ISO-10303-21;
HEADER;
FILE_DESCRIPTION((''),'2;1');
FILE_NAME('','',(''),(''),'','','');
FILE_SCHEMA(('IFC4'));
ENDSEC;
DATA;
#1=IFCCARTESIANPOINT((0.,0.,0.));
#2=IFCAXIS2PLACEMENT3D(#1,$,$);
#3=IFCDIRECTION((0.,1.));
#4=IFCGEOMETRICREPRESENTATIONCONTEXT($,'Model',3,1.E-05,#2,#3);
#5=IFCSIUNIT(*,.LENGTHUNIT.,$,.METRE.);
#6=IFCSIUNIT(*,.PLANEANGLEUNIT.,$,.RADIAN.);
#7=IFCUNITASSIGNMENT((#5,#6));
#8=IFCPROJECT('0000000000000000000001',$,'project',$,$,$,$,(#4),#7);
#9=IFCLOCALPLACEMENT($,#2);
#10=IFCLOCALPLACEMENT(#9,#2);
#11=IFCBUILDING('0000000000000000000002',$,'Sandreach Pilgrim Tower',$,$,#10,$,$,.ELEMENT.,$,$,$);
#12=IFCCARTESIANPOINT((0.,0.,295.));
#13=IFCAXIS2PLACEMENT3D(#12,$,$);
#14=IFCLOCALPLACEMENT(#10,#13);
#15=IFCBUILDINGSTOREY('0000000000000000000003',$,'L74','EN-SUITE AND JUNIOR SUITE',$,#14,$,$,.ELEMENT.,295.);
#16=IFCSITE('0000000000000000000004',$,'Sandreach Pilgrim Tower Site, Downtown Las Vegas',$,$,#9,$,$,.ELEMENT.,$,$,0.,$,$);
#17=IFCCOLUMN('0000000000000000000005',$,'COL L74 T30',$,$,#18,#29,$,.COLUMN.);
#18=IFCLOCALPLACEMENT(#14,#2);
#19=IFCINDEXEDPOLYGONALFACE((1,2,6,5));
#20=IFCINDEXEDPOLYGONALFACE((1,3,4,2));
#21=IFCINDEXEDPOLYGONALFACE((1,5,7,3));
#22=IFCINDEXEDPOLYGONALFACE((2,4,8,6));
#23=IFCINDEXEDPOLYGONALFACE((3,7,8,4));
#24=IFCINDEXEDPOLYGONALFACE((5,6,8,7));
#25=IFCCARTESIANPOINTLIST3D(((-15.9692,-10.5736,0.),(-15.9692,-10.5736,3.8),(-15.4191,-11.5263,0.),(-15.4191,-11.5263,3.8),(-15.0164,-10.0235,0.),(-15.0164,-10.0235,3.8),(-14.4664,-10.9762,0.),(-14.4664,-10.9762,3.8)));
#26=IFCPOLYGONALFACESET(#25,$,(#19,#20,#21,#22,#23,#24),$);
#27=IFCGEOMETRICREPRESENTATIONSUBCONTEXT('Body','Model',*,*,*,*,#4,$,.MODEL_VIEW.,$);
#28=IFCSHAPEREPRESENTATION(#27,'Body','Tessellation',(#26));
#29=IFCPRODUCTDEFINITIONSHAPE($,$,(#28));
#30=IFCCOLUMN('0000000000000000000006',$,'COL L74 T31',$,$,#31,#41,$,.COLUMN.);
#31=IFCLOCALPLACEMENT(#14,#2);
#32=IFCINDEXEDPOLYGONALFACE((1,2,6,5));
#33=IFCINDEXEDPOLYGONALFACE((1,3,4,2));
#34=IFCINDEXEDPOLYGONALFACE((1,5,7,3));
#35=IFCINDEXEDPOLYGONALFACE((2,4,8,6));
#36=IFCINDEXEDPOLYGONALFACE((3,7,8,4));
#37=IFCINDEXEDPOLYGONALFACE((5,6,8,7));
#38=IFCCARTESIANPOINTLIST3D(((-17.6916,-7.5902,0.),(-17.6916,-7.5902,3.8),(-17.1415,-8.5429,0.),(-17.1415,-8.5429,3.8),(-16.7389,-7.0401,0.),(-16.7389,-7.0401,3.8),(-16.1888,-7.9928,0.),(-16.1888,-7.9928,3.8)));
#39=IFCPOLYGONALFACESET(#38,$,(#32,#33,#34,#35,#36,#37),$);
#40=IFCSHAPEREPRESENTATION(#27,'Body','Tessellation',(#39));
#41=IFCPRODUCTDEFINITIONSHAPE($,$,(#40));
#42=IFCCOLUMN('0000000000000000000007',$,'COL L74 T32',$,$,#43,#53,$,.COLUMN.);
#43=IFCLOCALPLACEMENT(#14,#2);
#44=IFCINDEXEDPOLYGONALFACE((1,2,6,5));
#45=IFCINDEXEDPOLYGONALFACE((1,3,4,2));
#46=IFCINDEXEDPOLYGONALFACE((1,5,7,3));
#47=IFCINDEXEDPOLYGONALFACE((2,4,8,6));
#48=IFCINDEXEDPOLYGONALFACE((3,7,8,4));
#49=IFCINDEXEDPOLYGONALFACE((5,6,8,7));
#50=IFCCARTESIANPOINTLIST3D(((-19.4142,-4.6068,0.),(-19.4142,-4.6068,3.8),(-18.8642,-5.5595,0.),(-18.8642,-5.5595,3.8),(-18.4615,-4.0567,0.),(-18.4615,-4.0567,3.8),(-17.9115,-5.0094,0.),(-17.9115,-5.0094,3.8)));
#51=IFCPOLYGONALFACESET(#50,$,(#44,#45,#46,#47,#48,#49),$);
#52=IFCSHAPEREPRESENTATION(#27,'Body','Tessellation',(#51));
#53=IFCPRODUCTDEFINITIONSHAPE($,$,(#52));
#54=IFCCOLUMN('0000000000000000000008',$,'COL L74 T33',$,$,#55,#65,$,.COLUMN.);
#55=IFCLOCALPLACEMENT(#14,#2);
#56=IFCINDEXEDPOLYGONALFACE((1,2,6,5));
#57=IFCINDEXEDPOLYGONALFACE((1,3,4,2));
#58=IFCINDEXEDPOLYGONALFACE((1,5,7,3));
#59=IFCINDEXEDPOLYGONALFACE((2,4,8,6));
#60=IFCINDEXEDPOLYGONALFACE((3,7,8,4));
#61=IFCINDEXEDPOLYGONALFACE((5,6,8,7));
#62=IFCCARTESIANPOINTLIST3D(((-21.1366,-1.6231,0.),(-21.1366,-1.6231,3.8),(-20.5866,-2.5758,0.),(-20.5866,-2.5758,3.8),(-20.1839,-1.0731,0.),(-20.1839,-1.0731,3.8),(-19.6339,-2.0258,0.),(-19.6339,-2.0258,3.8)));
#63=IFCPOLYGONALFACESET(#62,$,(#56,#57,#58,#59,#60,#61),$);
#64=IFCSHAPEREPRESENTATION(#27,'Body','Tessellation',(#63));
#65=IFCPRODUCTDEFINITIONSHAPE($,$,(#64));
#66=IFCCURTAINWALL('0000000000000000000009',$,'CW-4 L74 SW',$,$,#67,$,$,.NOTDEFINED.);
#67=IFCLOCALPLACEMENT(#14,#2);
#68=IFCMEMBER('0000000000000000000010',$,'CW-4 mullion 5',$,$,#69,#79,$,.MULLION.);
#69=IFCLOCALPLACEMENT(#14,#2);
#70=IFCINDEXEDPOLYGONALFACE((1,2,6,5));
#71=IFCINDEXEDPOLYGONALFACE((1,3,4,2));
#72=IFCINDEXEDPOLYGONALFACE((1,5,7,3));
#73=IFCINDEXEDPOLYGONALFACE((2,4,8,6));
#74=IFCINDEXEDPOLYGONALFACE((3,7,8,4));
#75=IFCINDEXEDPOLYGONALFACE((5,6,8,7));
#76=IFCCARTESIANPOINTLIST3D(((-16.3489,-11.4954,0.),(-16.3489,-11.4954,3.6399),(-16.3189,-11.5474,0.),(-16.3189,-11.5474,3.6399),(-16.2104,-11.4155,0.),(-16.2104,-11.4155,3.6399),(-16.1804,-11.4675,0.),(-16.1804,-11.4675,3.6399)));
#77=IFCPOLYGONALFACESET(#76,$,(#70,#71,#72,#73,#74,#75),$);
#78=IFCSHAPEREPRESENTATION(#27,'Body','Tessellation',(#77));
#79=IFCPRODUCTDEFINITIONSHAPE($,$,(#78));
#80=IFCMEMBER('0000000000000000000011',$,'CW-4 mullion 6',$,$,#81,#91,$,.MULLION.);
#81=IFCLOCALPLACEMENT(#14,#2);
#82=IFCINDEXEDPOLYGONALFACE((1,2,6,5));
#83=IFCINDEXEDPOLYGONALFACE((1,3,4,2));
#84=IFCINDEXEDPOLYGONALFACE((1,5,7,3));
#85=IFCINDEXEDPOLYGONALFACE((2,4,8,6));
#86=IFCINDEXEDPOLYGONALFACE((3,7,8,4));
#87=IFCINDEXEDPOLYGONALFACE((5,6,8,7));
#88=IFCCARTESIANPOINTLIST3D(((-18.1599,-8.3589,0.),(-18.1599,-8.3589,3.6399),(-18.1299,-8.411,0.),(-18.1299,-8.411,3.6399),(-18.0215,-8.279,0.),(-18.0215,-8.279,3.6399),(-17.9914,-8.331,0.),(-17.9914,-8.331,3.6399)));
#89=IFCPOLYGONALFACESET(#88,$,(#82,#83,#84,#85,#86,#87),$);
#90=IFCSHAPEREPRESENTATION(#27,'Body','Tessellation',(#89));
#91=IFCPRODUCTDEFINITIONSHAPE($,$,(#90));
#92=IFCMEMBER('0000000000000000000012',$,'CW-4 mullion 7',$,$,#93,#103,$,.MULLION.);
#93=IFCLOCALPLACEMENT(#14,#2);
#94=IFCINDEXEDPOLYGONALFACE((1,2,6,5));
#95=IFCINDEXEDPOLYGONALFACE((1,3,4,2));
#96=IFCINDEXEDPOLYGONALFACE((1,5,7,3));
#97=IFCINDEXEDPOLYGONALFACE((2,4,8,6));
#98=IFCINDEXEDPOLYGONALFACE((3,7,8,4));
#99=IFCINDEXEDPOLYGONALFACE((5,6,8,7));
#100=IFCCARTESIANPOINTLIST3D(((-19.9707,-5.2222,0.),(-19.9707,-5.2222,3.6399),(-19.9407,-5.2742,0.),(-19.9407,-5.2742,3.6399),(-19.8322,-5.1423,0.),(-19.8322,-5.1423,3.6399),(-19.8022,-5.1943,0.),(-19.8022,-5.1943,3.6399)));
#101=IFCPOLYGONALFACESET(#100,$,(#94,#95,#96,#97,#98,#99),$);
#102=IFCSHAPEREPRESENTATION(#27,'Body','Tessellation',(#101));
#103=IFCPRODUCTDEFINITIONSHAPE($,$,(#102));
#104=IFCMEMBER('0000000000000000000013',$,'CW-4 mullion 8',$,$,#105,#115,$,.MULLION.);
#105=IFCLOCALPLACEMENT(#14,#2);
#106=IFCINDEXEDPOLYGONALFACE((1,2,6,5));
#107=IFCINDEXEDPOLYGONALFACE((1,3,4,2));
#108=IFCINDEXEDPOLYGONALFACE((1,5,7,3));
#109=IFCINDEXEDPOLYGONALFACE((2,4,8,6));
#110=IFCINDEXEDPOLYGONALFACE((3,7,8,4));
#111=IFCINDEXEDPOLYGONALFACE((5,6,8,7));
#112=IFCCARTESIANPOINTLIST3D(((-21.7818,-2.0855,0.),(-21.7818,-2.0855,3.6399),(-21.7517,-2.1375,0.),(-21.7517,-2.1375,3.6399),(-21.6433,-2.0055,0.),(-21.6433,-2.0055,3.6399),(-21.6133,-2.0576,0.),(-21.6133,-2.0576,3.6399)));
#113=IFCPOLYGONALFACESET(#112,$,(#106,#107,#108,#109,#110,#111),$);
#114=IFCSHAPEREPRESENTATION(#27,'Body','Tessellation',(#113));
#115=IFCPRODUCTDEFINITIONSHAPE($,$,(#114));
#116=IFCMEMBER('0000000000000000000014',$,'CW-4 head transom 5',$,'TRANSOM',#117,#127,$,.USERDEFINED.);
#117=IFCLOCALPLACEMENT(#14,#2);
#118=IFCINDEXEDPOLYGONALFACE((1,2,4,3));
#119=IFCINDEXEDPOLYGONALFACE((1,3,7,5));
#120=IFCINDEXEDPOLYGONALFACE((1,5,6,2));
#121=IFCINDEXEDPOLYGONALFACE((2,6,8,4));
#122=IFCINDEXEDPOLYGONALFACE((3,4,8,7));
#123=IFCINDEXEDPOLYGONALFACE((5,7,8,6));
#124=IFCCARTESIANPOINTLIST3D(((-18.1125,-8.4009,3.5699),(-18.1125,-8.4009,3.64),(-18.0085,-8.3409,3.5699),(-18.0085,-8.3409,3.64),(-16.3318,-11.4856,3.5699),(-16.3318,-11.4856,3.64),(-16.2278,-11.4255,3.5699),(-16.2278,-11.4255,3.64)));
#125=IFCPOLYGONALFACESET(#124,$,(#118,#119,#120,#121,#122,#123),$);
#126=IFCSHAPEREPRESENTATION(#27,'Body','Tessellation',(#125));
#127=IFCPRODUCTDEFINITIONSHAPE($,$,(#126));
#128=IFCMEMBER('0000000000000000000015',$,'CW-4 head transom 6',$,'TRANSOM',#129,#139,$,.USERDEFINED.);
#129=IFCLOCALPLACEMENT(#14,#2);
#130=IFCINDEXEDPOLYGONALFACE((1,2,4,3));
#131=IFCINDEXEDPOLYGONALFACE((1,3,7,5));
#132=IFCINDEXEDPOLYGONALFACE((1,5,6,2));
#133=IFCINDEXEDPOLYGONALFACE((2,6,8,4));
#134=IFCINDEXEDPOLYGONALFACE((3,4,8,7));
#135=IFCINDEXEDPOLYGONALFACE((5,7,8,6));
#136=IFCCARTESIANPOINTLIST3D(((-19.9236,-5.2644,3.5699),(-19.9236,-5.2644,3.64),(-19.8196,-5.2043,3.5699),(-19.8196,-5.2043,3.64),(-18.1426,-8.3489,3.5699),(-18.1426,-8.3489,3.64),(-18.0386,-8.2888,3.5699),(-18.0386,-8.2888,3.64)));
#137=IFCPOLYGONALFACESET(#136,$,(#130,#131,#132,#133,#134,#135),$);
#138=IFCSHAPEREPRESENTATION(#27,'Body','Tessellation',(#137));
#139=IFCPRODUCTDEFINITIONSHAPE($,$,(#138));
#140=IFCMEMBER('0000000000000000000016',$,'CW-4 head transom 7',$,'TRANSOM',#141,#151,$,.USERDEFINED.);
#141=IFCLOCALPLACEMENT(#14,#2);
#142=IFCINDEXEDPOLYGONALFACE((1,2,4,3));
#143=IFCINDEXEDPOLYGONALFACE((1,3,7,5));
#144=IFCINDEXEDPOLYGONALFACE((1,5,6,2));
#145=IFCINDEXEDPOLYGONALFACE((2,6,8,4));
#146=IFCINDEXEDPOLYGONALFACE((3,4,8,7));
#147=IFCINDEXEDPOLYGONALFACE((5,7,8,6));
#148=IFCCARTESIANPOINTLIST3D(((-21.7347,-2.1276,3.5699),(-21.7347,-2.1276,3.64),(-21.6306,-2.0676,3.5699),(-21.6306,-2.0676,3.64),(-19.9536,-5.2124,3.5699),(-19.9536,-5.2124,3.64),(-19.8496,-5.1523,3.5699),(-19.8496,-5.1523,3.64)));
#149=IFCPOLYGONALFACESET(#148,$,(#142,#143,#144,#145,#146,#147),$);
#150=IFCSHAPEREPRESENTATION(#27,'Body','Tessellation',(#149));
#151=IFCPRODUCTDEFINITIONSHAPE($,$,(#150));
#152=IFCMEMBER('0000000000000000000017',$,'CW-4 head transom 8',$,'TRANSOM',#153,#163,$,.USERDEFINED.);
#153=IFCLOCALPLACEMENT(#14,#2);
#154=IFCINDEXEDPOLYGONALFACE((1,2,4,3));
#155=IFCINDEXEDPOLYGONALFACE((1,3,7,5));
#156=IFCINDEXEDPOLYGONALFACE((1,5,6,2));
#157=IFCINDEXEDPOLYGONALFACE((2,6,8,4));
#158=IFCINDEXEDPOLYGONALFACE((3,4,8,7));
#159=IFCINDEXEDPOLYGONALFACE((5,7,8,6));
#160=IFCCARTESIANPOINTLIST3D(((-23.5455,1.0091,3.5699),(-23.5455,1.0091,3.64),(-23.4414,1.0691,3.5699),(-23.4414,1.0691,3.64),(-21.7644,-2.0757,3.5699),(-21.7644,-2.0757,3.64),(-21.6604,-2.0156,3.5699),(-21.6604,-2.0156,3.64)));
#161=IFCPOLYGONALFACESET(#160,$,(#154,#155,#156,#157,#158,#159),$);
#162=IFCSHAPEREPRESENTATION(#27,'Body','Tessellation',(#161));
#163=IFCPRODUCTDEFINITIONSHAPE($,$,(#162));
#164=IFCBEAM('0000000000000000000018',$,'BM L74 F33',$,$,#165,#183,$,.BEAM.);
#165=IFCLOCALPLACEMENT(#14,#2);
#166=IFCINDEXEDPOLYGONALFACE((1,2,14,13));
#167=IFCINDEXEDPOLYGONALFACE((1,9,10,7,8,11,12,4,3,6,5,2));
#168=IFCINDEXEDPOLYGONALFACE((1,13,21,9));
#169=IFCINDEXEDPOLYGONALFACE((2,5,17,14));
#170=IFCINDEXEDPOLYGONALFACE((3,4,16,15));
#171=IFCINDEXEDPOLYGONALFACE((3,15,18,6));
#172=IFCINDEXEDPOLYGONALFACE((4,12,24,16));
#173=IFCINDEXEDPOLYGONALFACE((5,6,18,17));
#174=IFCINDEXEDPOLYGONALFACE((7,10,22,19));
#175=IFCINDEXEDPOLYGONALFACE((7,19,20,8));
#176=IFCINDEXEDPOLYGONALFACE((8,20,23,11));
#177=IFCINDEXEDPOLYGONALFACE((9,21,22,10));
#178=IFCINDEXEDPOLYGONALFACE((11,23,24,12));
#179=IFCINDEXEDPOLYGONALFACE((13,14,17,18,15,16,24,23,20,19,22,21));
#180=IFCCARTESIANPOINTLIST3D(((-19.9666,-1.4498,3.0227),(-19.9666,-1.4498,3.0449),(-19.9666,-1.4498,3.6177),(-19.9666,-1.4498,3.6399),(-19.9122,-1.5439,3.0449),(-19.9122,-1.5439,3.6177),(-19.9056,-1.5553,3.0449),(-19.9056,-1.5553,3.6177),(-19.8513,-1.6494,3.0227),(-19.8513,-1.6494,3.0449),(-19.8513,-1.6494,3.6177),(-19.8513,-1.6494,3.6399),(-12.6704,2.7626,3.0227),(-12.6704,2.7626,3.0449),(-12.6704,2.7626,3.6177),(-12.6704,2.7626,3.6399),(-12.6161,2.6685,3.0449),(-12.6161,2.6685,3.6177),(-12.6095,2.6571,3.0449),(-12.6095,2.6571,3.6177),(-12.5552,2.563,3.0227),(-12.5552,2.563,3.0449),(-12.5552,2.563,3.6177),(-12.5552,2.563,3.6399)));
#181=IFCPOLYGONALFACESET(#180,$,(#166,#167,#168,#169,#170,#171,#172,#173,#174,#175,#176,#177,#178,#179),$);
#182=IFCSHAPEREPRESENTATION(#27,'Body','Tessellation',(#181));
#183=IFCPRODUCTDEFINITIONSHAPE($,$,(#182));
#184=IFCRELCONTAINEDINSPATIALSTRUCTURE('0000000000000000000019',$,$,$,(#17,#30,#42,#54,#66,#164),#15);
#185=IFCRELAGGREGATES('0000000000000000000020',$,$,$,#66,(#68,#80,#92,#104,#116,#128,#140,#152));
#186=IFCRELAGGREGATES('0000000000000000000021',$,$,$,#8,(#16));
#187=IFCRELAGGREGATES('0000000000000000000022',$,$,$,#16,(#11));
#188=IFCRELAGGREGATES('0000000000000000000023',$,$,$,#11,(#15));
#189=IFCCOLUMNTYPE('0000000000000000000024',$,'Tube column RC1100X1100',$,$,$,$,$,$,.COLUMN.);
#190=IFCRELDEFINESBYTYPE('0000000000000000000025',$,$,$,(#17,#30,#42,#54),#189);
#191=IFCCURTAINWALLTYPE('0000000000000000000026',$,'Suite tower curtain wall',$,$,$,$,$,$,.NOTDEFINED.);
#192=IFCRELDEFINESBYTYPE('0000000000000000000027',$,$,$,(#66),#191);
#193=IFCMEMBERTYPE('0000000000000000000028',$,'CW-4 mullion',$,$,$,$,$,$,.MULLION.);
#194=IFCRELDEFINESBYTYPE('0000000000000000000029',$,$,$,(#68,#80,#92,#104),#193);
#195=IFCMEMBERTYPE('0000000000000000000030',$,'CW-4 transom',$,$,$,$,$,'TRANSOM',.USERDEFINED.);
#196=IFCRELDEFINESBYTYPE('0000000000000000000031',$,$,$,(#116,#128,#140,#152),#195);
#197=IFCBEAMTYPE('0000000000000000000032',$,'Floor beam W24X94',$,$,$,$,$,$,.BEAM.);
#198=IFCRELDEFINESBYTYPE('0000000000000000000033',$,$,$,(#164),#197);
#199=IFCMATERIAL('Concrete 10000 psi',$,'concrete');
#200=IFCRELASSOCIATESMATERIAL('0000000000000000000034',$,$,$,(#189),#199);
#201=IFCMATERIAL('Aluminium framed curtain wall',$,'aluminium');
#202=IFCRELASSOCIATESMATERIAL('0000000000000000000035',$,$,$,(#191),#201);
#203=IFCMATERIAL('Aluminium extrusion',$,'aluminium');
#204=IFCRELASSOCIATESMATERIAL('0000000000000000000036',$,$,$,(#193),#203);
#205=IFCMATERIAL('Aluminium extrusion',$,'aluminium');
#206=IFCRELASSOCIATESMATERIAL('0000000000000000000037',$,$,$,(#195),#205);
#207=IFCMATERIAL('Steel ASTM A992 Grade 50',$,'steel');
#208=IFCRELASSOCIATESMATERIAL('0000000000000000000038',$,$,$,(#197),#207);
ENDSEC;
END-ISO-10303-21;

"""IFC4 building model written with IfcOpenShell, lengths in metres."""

from ifc_helpers import new_model, si_unit, direction, frame, origin, origin_2d, place, context, subcontext, project, spatial, rectangle, i_section, extrude, material, material_profile, profile_set, type_object, element, aggregate, save


model = new_model("IFC4")

# Units and contexts
model_context = context("Model", 3, precision=1e-05, world=origin(), true_north=direction((0.0, 1.0)))
body_context = subcontext(model_context, "Body", "Model", "MODEL_VIEW")
ifc_project = project(units=[si_unit("LENGTHUNIT", "METRE"), si_unit("PLANEANGLEUNIT", "RADIAN")], contexts=[model_context])

# Site, building, storey
site_placement = place(None, origin())
site = spatial("IfcSite", under=ifc_project, at=site_placement, Name="Sandreach Pilgrim Tower Site, Downtown Las Vegas", CompositionType="ELEMENT", RefElevation=0.0)
building_placement = place(site_placement, origin())
building = spatial("IfcBuilding", under=site, at=building_placement, Name="Sandreach Pilgrim Tower", CompositionType="ELEMENT")
storey_placement = place(building_placement, frame((0.0, 0.0, 295.0)))
storey = spatial("IfcBuildingStorey", under=building, at=storey_placement, Name="L74", Description="EN-SUITE AND JUNIOR SUITE", CompositionType="ELEMENT", Elevation=295.0)

# Columns
ifc_material_1 = material(Name="Concrete 10000 psi", Category="concrete")
ifc_material_profile_1 = material_profile(ifc_material_1, rectangle(XDim=1.1001, YDim=1.1001, at=origin_2d()), Name="RC1100X1100")
ifc_profile_set_1 = profile_set([ifc_material_profile_1], Name="Concrete 10000 psi")
column_type = type_object("IfcColumnType", Name="Tube column RC1100X1100", PredefinedType="COLUMN", material=ifc_profile_set_1)
for number, where, z_axis, x_axis, name in (
    (1, (-15.2178, -10.7749, 0.0), (0.0, 0.0, 1.0), (-0.866025, -0.5, 0.0), "COL L74 T30"),
    (2, (-16.9402, -7.7915, 0.0), (0.0, 0.0, 1.0), (-0.866025, -0.5, 0.0), "COL L74 T31"),
    (3, (-18.6628, -4.8081, 0.0), (0.0, 0.0, 1.0), (-0.866025, -0.5, 0.0), "COL L74 T32"),
    (4, (-20.3853, -1.8245, 0.0), (0.0, 0.0, 1.0), (-0.866025, -0.5, 0.0), "COL L74 T33"),
):
    element("IfcColumn", number, at=place(storey_placement, frame(where, z_axis=z_axis, x_axis=x_axis)), inside=storey, type_object=column_type, Name=name, PredefinedType="COLUMN", context=body_context, shape_type="SweptSolid", body=[
        extrude(rectangle(XDim=1.1001, YDim=1.1001, at=origin_2d()), origin(), (0.0, 0.0, 1.0), 3.8),
    ])

# Curtain wall, members
ifc_material_2 = material(Name="Aluminium framed curtain wall", Category="aluminium")
curtain_wall_type = type_object("IfcCurtainWallType", Name="Suite tower curtain wall", PredefinedType="NOTDEFINED", material=ifc_material_2)
curtain_wall_placement = place(storey_placement, origin())
curtain_wall = element("IfcCurtainWall", 5, at=curtain_wall_placement, inside=storey, type_object=curtain_wall_type, Name="CW-4 L74 SW", PredefinedType="NOTDEFINED")
ifc_material_3 = material(Name="Aluminium extrusion", Category="aluminium")
ifc_material_profile_2 = material_profile(ifc_material_3, rectangle(XDim=0.0601, YDim=0.1599, at=origin_2d()), Name="CW-4M 60X160")
ifc_profile_set_2 = profile_set([ifc_material_profile_2], Name="Aluminium extrusion")
member_type_1 = type_object("IfcMemberType", Name="CW-4 mullion", PredefinedType="MULLION", material=ifc_profile_set_2)
member_1_placement = place(storey_placement, frame((-16.2646, -11.4814, 0.0), z_axis=(0.0, 0.0, 1.0), x_axis=(-0.5, 0.866025, 0.0)))
member_1 = element("IfcMember", 6, at=member_1_placement, type_object=member_type_1, Name="CW-4 mullion 5", PredefinedType="MULLION", context=body_context, shape_type="SweptSolid", body=[
    extrude(rectangle(XDim=0.0601, YDim=0.1599, at=origin_2d()), origin(), (0.0, 0.0, 1.0), 3.6399),
])
member_2_placement = place(storey_placement, frame((-18.0757, -8.345, 0.0), z_axis=(0.0, 0.0, 1.0), x_axis=(-0.5, 0.866025, 0.0)))
member_2 = element("IfcMember", 7, at=member_2_placement, type_object=member_type_1, Name="CW-4 mullion 6", PredefinedType="MULLION", context=body_context, shape_type="SweptSolid", body=[
    extrude(rectangle(XDim=0.0601, YDim=0.1599, at=origin_2d()), origin(), (0.0, 0.0, 1.0), 3.6399),
])
member_3_placement = place(storey_placement, frame((-19.8865, -5.2083, 0.0), z_axis=(0.0, 0.0, 1.0), x_axis=(-0.5, 0.866025, 0.0)))
member_3 = element("IfcMember", 8, at=member_3_placement, type_object=member_type_1, Name="CW-4 mullion 7", PredefinedType="MULLION", context=body_context, shape_type="SweptSolid", body=[
    extrude(rectangle(XDim=0.0601, YDim=0.1599, at=origin_2d()), origin(), (0.0, 0.0, 1.0), 3.6399),
])
member_4_placement = place(storey_placement, frame((-21.6975, -2.0715, 0.0), z_axis=(0.0, 0.0, 1.0), x_axis=(-0.5, 0.866025, 0.0)))
member_4 = element("IfcMember", 9, at=member_4_placement, type_object=member_type_1, Name="CW-4 mullion 8", PredefinedType="MULLION", context=body_context, shape_type="SweptSolid", body=[
    extrude(rectangle(XDim=0.0601, YDim=0.1599, at=origin_2d()), origin(), (0.0, 0.0, 1.0), 3.6399),
])
ifc_material_4 = material(Name="Aluminium extrusion", Category="aluminium")
ifc_material_profile_3 = material_profile(ifc_material_4, rectangle(XDim=0.1201, YDim=0.0701, at=origin_2d()), Name="CW-4T 120X70")
ifc_profile_set_3 = profile_set([ifc_material_profile_3], Name="Aluminium extrusion")
member_type_2 = type_object("IfcMemberType", Name="CW-4 transom", ElementType="TRANSOM", PredefinedType="USERDEFINED", material=ifc_profile_set_3)
member_5_placement = place(storey_placement, frame((-16.2798, -11.4556, 3.605), z_axis=(-0.499958, 0.86605, 0.0), x_axis=(-0.86605, -0.499958, 0.0)))
member_5 = element("IfcMember", 10, at=member_5_placement, type_object=member_type_2, Name="CW-4 head transom 5", ObjectType="TRANSOM", PredefinedType="USERDEFINED", context=body_context, shape_type="SweptSolid", body=[
    extrude(rectangle(XDim=0.1201, YDim=0.0701, at=origin_2d()), origin(), (0.0, 0.0, 1.0), 3.5618),
])
member_6_placement = place(storey_placement, frame((-18.0906, -8.3188, 3.605), z_axis=(-0.500039, 0.866003, 0.0), x_axis=(-0.866003, -0.500039, 0.0)))
member_6 = element("IfcMember", 11, at=member_6_placement, type_object=member_type_2, Name="CW-4 head transom 6", ObjectType="TRANSOM", PredefinedType="USERDEFINED", context=body_context, shape_type="SweptSolid", body=[
    extrude(rectangle(XDim=0.1201, YDim=0.0701, at=origin_2d()), origin(), (0.0, 0.0, 1.0), 3.5618),
])
member_7_placement = place(storey_placement, frame((-19.9016, -5.1824, 3.605), z_axis=(-0.500009, 0.86602, 0.0), x_axis=(-0.86602, -0.500009, 0.0)))
member_7 = element("IfcMember", 12, at=member_7_placement, type_object=member_type_2, Name="CW-4 head transom 7", ObjectType="TRANSOM", PredefinedType="USERDEFINED", context=body_context, shape_type="SweptSolid", body=[
    extrude(rectangle(XDim=0.1201, YDim=0.0701, at=origin_2d()), origin(), (0.0, 0.0, 1.0), 3.562),
])
member_8_placement = place(storey_placement, frame((-21.7124, -2.0457, 3.605), z_axis=(-0.500009, 0.86602, 0.0), x_axis=(-0.86602, -0.500009, 0.0)))
member_8 = element("IfcMember", 13, at=member_8_placement, type_object=member_type_2, Name="CW-4 head transom 8", ObjectType="TRANSOM", PredefinedType="USERDEFINED", context=body_context, shape_type="SweptSolid", body=[
    extrude(rectangle(XDim=0.1201, YDim=0.0701, at=origin_2d()), origin(), (0.0, 0.0, 1.0), 3.562),
])

# Beam
ifc_material_5 = material(Name="Steel ASTM A992 Grade 50", Category="steel")
ifc_material_profile_4 = material_profile(ifc_material_5, i_section(OverallWidth=0.2305, OverallDepth=0.6172, WebThickness=0.0132, FlangeThickness=0.0222, at=origin_2d()), Name="W24X94")
ifc_profile_set_4 = profile_set([ifc_material_profile_4], Name="Steel ASTM A992 Grade 50")
beam_type_1 = type_object("IfcBeamType", Name="Floor beam W24X94", PredefinedType="BEAM", material=ifc_profile_set_4)
beam_1_placement = place(storey_placement, frame((-19.9089, -1.5496, 3.3313), z_axis=(0.866027, 0.499998, 0.0), x_axis=(-0.499998, 0.866027, 0.0)))
element("IfcBeam", 14, at=beam_1_placement, inside=storey, type_object=beam_type_1, Name="BM L74 F33", PredefinedType="BEAM", context=body_context, shape_type="SweptSolid", body=[
    extrude(i_section(OverallWidth=0.2305, OverallDepth=0.6172, WebThickness=0.0132, FlangeThickness=0.0222, at=origin_2d()), origin(), (0.0, 0.0, 1.0), 8.4248),
])

aggregate(curtain_wall, [member_1, member_2, member_3, member_4, member_5, member_6, member_7, member_8])

save(model, "model.ifc")
